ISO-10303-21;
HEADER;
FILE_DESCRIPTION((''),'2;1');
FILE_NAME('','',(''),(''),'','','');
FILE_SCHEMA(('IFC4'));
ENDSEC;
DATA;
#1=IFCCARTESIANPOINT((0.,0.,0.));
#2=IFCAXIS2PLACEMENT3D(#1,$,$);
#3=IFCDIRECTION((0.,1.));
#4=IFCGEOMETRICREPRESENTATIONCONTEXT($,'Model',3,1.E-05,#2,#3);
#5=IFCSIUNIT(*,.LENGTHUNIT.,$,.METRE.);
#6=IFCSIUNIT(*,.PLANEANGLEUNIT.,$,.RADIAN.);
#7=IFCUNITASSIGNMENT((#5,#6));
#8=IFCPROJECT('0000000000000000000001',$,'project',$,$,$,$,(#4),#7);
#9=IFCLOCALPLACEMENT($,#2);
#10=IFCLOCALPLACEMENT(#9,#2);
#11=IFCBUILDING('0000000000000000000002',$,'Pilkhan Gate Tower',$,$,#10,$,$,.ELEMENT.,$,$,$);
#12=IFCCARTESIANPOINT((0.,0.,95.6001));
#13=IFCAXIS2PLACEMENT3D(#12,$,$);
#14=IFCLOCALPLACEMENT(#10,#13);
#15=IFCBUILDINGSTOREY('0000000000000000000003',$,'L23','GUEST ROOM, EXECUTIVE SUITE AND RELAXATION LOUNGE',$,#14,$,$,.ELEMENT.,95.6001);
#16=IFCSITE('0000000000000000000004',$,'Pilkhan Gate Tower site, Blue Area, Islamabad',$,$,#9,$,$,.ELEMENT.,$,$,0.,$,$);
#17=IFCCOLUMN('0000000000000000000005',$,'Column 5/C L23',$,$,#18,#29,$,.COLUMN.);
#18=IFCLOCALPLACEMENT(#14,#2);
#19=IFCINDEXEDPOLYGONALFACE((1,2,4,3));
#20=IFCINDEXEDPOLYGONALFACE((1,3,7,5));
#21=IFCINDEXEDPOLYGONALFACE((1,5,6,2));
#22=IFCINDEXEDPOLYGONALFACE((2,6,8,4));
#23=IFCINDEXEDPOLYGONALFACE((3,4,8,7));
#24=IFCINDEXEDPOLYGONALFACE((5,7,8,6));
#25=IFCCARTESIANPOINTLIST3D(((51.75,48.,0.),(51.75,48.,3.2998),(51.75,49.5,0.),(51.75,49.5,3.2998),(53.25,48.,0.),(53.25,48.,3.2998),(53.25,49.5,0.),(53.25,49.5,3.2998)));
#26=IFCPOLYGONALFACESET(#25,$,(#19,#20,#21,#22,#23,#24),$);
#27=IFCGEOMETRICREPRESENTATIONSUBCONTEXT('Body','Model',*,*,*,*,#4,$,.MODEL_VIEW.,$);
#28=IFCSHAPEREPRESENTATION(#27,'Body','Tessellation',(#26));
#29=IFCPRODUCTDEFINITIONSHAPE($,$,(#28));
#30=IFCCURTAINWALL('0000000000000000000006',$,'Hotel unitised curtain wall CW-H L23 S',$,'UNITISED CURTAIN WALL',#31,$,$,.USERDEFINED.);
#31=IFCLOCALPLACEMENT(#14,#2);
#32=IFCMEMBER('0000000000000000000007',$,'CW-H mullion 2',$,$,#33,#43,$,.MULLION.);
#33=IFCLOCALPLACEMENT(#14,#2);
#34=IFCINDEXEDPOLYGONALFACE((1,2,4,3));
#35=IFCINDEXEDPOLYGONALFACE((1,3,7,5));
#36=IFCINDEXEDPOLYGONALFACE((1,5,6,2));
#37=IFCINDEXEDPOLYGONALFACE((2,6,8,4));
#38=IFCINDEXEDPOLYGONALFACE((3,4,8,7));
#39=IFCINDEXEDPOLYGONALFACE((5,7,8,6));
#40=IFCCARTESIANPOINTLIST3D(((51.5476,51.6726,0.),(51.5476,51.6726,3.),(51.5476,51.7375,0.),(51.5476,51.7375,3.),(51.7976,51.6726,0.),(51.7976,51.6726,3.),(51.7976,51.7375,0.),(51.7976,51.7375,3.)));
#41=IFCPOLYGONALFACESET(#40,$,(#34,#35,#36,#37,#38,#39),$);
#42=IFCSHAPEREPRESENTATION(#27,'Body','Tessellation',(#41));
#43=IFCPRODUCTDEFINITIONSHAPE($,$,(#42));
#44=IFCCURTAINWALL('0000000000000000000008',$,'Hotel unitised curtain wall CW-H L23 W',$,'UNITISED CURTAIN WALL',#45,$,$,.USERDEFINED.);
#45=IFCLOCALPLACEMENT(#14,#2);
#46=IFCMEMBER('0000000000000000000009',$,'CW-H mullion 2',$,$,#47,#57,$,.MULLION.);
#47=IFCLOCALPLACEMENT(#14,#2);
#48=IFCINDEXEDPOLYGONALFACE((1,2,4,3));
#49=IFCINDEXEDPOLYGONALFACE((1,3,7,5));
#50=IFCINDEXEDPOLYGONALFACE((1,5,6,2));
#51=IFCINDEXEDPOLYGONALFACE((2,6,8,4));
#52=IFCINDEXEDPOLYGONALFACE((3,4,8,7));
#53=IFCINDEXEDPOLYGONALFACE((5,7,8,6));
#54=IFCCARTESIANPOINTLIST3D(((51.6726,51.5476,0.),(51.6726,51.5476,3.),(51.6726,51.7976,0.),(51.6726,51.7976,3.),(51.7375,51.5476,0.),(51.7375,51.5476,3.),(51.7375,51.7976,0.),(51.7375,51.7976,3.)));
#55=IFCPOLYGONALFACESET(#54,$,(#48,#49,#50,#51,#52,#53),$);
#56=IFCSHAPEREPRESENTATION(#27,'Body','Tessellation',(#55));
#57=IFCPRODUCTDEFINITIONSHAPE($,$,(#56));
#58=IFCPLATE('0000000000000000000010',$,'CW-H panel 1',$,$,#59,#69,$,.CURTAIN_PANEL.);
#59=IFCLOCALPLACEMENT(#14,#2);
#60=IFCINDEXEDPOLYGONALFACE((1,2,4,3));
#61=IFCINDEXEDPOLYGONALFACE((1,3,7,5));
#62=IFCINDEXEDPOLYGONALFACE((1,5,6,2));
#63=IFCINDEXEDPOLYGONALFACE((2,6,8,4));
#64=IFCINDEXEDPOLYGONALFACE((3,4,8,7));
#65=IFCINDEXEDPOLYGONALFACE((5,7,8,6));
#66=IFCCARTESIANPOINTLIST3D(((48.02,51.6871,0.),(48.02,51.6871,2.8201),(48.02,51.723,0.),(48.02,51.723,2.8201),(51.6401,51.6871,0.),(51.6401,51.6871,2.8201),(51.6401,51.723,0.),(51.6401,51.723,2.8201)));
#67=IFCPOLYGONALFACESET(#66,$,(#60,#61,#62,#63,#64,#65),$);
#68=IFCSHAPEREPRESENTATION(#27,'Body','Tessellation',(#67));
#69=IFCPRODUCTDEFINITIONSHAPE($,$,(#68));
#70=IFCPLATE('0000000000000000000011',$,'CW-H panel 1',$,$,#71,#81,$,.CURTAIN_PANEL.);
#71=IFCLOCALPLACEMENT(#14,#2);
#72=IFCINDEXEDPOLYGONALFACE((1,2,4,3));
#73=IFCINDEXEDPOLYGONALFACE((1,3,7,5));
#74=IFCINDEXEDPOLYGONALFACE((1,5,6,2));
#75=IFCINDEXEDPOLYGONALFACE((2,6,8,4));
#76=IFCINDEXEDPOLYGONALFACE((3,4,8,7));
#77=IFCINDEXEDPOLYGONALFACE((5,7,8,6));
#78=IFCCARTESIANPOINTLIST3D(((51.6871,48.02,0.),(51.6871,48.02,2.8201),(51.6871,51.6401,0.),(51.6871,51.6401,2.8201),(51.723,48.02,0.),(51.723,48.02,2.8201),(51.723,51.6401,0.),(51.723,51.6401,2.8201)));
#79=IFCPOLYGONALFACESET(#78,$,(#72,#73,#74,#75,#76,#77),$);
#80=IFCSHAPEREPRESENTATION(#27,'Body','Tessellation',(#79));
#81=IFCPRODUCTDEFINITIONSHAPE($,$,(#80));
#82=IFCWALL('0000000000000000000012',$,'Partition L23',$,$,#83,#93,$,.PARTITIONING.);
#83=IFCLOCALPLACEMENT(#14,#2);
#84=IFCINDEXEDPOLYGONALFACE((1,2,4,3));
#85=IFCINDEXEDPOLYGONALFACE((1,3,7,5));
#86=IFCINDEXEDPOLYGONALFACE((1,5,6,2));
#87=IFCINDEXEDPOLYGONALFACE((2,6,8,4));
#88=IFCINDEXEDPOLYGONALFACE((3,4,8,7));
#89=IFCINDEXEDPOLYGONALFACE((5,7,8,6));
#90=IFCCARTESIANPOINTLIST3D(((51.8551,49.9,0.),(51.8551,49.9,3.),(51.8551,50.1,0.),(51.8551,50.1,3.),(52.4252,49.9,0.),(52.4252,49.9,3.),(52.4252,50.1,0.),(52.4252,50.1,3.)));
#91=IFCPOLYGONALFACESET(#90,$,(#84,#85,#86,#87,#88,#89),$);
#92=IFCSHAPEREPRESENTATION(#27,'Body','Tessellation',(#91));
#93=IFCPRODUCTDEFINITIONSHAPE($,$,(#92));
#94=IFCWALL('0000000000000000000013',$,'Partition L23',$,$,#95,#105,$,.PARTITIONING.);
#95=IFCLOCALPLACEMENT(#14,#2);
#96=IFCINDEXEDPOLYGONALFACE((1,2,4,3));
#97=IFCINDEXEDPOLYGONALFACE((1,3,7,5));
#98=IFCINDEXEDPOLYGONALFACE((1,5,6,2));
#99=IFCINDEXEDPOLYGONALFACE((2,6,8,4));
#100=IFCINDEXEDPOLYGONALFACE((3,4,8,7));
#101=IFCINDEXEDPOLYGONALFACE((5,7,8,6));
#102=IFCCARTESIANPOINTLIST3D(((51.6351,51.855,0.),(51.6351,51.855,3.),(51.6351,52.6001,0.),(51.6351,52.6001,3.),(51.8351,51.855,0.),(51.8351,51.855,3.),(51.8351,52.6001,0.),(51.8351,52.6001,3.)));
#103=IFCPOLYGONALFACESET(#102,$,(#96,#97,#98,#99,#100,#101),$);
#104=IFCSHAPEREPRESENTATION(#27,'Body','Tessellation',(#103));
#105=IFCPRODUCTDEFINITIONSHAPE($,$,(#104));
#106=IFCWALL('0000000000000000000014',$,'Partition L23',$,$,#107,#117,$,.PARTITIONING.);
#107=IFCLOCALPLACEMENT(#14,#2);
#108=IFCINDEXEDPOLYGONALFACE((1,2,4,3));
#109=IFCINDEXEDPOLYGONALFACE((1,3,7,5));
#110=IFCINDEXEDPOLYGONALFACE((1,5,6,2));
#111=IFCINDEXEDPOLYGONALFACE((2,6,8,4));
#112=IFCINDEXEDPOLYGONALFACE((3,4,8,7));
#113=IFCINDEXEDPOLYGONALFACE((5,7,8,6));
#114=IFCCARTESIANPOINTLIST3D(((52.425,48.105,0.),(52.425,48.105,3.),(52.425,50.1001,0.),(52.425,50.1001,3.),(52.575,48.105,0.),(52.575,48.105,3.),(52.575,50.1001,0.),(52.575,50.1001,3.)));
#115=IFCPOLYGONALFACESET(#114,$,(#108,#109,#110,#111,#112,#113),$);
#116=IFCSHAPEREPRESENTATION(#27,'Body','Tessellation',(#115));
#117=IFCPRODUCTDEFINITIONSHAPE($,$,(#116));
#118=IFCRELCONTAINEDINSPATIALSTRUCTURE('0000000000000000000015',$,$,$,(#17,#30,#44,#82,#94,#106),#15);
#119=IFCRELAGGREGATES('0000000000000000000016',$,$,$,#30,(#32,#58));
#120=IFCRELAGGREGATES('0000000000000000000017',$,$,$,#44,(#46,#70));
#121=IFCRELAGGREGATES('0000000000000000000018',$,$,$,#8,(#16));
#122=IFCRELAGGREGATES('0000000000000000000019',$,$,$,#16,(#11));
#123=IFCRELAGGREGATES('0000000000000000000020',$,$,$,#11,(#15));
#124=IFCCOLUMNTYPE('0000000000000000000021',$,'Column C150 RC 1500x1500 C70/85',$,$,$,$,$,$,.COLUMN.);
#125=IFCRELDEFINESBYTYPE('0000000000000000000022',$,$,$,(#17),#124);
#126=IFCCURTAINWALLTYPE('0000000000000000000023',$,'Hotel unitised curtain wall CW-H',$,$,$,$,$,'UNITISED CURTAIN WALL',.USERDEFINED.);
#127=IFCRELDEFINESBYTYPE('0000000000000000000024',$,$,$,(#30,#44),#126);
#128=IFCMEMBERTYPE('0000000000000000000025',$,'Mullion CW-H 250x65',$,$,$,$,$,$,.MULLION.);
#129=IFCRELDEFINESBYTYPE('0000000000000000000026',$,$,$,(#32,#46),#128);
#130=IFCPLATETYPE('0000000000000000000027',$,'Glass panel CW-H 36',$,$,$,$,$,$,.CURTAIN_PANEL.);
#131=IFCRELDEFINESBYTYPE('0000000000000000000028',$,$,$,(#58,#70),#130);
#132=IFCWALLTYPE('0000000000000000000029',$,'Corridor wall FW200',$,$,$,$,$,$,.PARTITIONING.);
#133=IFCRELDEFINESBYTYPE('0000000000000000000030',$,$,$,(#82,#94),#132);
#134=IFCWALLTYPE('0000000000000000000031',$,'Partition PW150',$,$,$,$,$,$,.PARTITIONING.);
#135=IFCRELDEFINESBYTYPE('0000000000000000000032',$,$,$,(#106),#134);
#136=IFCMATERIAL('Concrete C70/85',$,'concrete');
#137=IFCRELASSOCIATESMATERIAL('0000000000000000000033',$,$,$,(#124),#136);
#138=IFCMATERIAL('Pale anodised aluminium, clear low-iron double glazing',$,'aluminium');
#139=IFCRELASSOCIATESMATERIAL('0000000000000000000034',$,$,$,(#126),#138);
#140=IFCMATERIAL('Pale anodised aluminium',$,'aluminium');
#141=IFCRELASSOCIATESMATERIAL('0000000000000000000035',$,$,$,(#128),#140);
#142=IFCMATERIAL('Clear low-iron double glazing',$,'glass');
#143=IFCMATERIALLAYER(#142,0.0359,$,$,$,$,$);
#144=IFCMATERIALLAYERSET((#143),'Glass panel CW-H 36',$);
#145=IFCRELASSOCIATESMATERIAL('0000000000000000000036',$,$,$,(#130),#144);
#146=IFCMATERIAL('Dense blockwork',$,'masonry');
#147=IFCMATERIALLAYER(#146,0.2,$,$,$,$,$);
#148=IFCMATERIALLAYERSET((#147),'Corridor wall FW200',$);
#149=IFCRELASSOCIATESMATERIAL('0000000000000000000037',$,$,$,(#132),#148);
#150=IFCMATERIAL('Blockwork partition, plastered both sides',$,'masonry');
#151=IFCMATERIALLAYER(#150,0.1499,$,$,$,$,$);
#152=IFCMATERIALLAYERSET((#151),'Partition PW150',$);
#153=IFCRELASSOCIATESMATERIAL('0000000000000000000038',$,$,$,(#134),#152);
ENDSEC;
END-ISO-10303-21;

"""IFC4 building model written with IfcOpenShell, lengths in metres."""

from ifc_helpers import new_model, si_unit, direction, frame, frame_2d, origin, origin_2d, place, context, subcontext, project, spatial, rectangle, extrude, material, layer, layer_set, material_profile, profile_set, type_object, element, aggregate, save


model = new_model("IFC4")

# Units and contexts
model_context = context("Model", 3, precision=1e-05, world=origin(), true_north=direction((0.0, 1.0)))
body_context = subcontext(model_context, "Body", "Model", "MODEL_VIEW")
ifc_project = project(units=[si_unit("LENGTHUNIT", "METRE"), si_unit("PLANEANGLEUNIT", "RADIAN")], contexts=[model_context])

# Site, building, storey
site_placement = place(None, origin())
site = spatial("IfcSite", under=ifc_project, at=site_placement, Name="Pilkhan Gate Tower site, Blue Area, Islamabad", CompositionType="ELEMENT", RefElevation=0.0)
building_placement = place(site_placement, origin())
building = spatial("IfcBuilding", under=site, at=building_placement, Name="Pilkhan Gate Tower", CompositionType="ELEMENT")
storey_placement = place(building_placement, frame((0.0, 0.0, 95.6001)))
storey = spatial("IfcBuildingStorey", under=building, at=storey_placement, Name="L23", Description="GUEST ROOM, EXECUTIVE SUITE AND RELAXATION LOUNGE", CompositionType="ELEMENT", Elevation=95.6001)

# Column
ifc_material_1 = material(Name="Concrete C70/85", Category="concrete")
ifc_material_profile_1 = material_profile(ifc_material_1, rectangle(XDim=1.5, YDim=1.5, at=origin_2d()), Name="RC 1500x1500")
ifc_profile_set_1 = profile_set([ifc_material_profile_1], Name="Concrete C70/85")
column_type = type_object("IfcColumnType", Name="Column C150 RC 1500x1500 C70/85", PredefinedType="COLUMN", material=ifc_profile_set_1)
column_placement = place(storey_placement, frame((52.5, 48.75, 0.0), z_axis=(0.0, 0.0, 1.0), x_axis=(1.0, 0.0, 0.0)))
element("IfcColumn", 1, at=column_placement, inside=storey, type_object=column_type, Name="Column 5/C L23", PredefinedType="COLUMN", context=body_context, shape_type="SweptSolid", body=[
    extrude(rectangle(XDim=1.5, YDim=1.5, at=origin_2d()), origin(), (0.0, 0.0, 1.0), 3.2998),
])

# Curtain walls, members
ifc_material_2 = material(Name="Pale anodised aluminium, clear low-iron double glazing", Category="aluminium")
curtain_wall_type = type_object("IfcCurtainWallType", Name="Hotel unitised curtain wall CW-H", ElementType="UNITISED CURTAIN WALL", PredefinedType="USERDEFINED", material=ifc_material_2)
curtain_wall_1_placement = place(storey_placement, origin())
curtain_wall_1 = element("IfcCurtainWall", 2, at=curtain_wall_1_placement, inside=storey, type_object=curtain_wall_type, Name="Hotel unitised curtain wall CW-H L23 S", ObjectType="UNITISED CURTAIN WALL", PredefinedType="USERDEFINED")
ifc_material_3 = material(Name="Pale anodised aluminium", Category="aluminium")
ifc_material_profile_2 = material_profile(ifc_material_3, rectangle(XDim=0.0649, YDim=0.25, at=origin_2d()), Name="Mullion 250x65")
ifc_profile_set_2 = profile_set([ifc_material_profile_2], Name="Pale anodised aluminium")
member_type = type_object("IfcMemberType", Name="Mullion CW-H 250x65", PredefinedType="MULLION", material=ifc_profile_set_2)
member_1_placement = place(storey_placement, frame((51.6726, 51.7051, 0.0), z_axis=(0.0, 0.0, 1.0), x_axis=(0.0, 1.0, 0.0)))
member_1 = element("IfcMember", 3, at=member_1_placement, type_object=member_type, Name="CW-H mullion 2", PredefinedType="MULLION", context=body_context, shape_type="SweptSolid", body=[
    extrude(rectangle(XDim=0.0649, YDim=0.25, at=origin_2d()), origin(), (0.0, 0.0, 1.0), 3.0),
])
curtain_wall_2_placement = place(storey_placement, origin())
curtain_wall_2 = element("IfcCurtainWall", 4, at=curtain_wall_2_placement, inside=storey, type_object=curtain_wall_type, Name="Hotel unitised curtain wall CW-H L23 W", ObjectType="UNITISED CURTAIN WALL", PredefinedType="USERDEFINED")
member_2_placement = place(storey_placement, frame((51.7051, 51.6726, 0.0), z_axis=(0.0, 0.0, 1.0), x_axis=(-1.0, 0.0, 0.0)))
member_2 = element("IfcMember", 5, at=member_2_placement, type_object=member_type, Name="CW-H mullion 2", PredefinedType="MULLION", context=body_context, shape_type="SweptSolid", body=[
    extrude(rectangle(XDim=0.0649, YDim=0.25, at=origin_2d()), origin(), (0.0, 0.0, 1.0), 3.0),
])

# Plates
ifc_material_4 = material(Name="Clear low-iron double glazing", Category="glass")
ifc_layer_1 = layer(ifc_material_4, 0.0359)
ifc_layer_set_1 = layer_set([ifc_layer_1], Name="Glass panel CW-H 36")
plate_type = type_object("IfcPlateType", Name="Glass panel CW-H 36", PredefinedType="CURTAIN_PANEL", material=ifc_layer_set_1)
plate_1_placement = place(storey_placement, frame((49.8301, 51.7051, 0.0), z_axis=(0.0, 0.0, 1.0), x_axis=(1.0, 0.0, 0.0)))
plate_1 = element("IfcPlate", 6, at=plate_1_placement, type_object=plate_type, Name="CW-H panel 1", PredefinedType="CURTAIN_PANEL", context=body_context, shape_type="SweptSolid", body=[
    extrude(rectangle(XDim=3.6201, YDim=0.0359, at=origin_2d()), origin(), (0.0, 0.0, 1.0), 2.8201),
])
aggregate(curtain_wall_1, [member_1, plate_1])
plate_2_placement = place(storey_placement, frame((51.7051, 49.8301, 0.0), z_axis=(0.0, 0.0, 1.0), x_axis=(0.0, 1.0, 0.0)))
plate_2 = element("IfcPlate", 7, at=plate_2_placement, type_object=plate_type, Name="CW-H panel 1", PredefinedType="CURTAIN_PANEL", context=body_context, shape_type="SweptSolid", body=[
    extrude(rectangle(XDim=3.6201, YDim=0.0359, at=origin_2d()), origin(), (0.0, 0.0, 1.0), 2.8201),
])
aggregate(curtain_wall_2, [member_2, plate_2])

# Wall
ifc_material_5 = material(Name="Dense blockwork", Category="masonry")
ifc_layer_2 = layer(ifc_material_5, 0.2)
ifc_layer_set_2 = layer_set([ifc_layer_2], Name="Corridor wall FW200")
wall_type_1 = type_object("IfcWallType", Name="Corridor wall FW200", PredefinedType="PARTITIONING", material=ifc_layer_set_2)
wall_1_placement = place(storey_placement, frame((51.855, 50.0, 0.0), z_axis=(0.0, 0.0, 1.0), x_axis=(1.0, 0.0, 0.0)))
element("IfcWall", 8, at=wall_1_placement, inside=storey, type_object=wall_type_1, Name="Partition L23", PredefinedType="PARTITIONING", context=body_context, shape_type="SweptSolid", body=[
    extrude(rectangle(XDim=0.5701, YDim=0.2, at=frame_2d((0.2852, 0.0))), origin(), (0.0, 0.0, 1.0), 3.0),
])

# Walls
wall_2_placement = place(storey_placement, frame((51.7351, 51.855, 0.0), z_axis=(0.0, 0.0, 1.0), x_axis=(0.0, 1.0, 0.0)))
element("IfcWall", 9, at=wall_2_placement, inside=storey, type_object=wall_type_1, Name="Partition L23", PredefinedType="PARTITIONING", context=body_context, shape_type="SweptSolid", body=[
    extrude(rectangle(XDim=0.7451, YDim=0.2, at=frame_2d((0.3726, 0.0))), origin(), (0.0, 0.0, 1.0), 3.0),
])
ifc_material_6 = material(Name="Blockwork partition, plastered both sides", Category="masonry")
ifc_layer_3 = layer(ifc_material_6, 0.1499)
ifc_layer_set_3 = layer_set([ifc_layer_3], Name="Partition PW150")
wall_type_2 = type_object("IfcWallType", Name="Partition PW150", PredefinedType="PARTITIONING", material=ifc_layer_set_3)
wall_3_placement = place(storey_placement, frame((52.5, 48.105, 0.0), z_axis=(0.0, 0.0, 1.0), x_axis=(0.0, 1.0, 0.0)))
element("IfcWall", 10, at=wall_3_placement, inside=storey, type_object=wall_type_2, Name="Partition L23", PredefinedType="PARTITIONING", context=body_context, shape_type="SweptSolid", body=[
    extrude(rectangle(XDim=1.9951, YDim=0.1499, at=frame_2d((0.9976, 0.0))), origin(), (0.0, 0.0, 1.0), 3.0),
])

save(model, "model.ifc")
